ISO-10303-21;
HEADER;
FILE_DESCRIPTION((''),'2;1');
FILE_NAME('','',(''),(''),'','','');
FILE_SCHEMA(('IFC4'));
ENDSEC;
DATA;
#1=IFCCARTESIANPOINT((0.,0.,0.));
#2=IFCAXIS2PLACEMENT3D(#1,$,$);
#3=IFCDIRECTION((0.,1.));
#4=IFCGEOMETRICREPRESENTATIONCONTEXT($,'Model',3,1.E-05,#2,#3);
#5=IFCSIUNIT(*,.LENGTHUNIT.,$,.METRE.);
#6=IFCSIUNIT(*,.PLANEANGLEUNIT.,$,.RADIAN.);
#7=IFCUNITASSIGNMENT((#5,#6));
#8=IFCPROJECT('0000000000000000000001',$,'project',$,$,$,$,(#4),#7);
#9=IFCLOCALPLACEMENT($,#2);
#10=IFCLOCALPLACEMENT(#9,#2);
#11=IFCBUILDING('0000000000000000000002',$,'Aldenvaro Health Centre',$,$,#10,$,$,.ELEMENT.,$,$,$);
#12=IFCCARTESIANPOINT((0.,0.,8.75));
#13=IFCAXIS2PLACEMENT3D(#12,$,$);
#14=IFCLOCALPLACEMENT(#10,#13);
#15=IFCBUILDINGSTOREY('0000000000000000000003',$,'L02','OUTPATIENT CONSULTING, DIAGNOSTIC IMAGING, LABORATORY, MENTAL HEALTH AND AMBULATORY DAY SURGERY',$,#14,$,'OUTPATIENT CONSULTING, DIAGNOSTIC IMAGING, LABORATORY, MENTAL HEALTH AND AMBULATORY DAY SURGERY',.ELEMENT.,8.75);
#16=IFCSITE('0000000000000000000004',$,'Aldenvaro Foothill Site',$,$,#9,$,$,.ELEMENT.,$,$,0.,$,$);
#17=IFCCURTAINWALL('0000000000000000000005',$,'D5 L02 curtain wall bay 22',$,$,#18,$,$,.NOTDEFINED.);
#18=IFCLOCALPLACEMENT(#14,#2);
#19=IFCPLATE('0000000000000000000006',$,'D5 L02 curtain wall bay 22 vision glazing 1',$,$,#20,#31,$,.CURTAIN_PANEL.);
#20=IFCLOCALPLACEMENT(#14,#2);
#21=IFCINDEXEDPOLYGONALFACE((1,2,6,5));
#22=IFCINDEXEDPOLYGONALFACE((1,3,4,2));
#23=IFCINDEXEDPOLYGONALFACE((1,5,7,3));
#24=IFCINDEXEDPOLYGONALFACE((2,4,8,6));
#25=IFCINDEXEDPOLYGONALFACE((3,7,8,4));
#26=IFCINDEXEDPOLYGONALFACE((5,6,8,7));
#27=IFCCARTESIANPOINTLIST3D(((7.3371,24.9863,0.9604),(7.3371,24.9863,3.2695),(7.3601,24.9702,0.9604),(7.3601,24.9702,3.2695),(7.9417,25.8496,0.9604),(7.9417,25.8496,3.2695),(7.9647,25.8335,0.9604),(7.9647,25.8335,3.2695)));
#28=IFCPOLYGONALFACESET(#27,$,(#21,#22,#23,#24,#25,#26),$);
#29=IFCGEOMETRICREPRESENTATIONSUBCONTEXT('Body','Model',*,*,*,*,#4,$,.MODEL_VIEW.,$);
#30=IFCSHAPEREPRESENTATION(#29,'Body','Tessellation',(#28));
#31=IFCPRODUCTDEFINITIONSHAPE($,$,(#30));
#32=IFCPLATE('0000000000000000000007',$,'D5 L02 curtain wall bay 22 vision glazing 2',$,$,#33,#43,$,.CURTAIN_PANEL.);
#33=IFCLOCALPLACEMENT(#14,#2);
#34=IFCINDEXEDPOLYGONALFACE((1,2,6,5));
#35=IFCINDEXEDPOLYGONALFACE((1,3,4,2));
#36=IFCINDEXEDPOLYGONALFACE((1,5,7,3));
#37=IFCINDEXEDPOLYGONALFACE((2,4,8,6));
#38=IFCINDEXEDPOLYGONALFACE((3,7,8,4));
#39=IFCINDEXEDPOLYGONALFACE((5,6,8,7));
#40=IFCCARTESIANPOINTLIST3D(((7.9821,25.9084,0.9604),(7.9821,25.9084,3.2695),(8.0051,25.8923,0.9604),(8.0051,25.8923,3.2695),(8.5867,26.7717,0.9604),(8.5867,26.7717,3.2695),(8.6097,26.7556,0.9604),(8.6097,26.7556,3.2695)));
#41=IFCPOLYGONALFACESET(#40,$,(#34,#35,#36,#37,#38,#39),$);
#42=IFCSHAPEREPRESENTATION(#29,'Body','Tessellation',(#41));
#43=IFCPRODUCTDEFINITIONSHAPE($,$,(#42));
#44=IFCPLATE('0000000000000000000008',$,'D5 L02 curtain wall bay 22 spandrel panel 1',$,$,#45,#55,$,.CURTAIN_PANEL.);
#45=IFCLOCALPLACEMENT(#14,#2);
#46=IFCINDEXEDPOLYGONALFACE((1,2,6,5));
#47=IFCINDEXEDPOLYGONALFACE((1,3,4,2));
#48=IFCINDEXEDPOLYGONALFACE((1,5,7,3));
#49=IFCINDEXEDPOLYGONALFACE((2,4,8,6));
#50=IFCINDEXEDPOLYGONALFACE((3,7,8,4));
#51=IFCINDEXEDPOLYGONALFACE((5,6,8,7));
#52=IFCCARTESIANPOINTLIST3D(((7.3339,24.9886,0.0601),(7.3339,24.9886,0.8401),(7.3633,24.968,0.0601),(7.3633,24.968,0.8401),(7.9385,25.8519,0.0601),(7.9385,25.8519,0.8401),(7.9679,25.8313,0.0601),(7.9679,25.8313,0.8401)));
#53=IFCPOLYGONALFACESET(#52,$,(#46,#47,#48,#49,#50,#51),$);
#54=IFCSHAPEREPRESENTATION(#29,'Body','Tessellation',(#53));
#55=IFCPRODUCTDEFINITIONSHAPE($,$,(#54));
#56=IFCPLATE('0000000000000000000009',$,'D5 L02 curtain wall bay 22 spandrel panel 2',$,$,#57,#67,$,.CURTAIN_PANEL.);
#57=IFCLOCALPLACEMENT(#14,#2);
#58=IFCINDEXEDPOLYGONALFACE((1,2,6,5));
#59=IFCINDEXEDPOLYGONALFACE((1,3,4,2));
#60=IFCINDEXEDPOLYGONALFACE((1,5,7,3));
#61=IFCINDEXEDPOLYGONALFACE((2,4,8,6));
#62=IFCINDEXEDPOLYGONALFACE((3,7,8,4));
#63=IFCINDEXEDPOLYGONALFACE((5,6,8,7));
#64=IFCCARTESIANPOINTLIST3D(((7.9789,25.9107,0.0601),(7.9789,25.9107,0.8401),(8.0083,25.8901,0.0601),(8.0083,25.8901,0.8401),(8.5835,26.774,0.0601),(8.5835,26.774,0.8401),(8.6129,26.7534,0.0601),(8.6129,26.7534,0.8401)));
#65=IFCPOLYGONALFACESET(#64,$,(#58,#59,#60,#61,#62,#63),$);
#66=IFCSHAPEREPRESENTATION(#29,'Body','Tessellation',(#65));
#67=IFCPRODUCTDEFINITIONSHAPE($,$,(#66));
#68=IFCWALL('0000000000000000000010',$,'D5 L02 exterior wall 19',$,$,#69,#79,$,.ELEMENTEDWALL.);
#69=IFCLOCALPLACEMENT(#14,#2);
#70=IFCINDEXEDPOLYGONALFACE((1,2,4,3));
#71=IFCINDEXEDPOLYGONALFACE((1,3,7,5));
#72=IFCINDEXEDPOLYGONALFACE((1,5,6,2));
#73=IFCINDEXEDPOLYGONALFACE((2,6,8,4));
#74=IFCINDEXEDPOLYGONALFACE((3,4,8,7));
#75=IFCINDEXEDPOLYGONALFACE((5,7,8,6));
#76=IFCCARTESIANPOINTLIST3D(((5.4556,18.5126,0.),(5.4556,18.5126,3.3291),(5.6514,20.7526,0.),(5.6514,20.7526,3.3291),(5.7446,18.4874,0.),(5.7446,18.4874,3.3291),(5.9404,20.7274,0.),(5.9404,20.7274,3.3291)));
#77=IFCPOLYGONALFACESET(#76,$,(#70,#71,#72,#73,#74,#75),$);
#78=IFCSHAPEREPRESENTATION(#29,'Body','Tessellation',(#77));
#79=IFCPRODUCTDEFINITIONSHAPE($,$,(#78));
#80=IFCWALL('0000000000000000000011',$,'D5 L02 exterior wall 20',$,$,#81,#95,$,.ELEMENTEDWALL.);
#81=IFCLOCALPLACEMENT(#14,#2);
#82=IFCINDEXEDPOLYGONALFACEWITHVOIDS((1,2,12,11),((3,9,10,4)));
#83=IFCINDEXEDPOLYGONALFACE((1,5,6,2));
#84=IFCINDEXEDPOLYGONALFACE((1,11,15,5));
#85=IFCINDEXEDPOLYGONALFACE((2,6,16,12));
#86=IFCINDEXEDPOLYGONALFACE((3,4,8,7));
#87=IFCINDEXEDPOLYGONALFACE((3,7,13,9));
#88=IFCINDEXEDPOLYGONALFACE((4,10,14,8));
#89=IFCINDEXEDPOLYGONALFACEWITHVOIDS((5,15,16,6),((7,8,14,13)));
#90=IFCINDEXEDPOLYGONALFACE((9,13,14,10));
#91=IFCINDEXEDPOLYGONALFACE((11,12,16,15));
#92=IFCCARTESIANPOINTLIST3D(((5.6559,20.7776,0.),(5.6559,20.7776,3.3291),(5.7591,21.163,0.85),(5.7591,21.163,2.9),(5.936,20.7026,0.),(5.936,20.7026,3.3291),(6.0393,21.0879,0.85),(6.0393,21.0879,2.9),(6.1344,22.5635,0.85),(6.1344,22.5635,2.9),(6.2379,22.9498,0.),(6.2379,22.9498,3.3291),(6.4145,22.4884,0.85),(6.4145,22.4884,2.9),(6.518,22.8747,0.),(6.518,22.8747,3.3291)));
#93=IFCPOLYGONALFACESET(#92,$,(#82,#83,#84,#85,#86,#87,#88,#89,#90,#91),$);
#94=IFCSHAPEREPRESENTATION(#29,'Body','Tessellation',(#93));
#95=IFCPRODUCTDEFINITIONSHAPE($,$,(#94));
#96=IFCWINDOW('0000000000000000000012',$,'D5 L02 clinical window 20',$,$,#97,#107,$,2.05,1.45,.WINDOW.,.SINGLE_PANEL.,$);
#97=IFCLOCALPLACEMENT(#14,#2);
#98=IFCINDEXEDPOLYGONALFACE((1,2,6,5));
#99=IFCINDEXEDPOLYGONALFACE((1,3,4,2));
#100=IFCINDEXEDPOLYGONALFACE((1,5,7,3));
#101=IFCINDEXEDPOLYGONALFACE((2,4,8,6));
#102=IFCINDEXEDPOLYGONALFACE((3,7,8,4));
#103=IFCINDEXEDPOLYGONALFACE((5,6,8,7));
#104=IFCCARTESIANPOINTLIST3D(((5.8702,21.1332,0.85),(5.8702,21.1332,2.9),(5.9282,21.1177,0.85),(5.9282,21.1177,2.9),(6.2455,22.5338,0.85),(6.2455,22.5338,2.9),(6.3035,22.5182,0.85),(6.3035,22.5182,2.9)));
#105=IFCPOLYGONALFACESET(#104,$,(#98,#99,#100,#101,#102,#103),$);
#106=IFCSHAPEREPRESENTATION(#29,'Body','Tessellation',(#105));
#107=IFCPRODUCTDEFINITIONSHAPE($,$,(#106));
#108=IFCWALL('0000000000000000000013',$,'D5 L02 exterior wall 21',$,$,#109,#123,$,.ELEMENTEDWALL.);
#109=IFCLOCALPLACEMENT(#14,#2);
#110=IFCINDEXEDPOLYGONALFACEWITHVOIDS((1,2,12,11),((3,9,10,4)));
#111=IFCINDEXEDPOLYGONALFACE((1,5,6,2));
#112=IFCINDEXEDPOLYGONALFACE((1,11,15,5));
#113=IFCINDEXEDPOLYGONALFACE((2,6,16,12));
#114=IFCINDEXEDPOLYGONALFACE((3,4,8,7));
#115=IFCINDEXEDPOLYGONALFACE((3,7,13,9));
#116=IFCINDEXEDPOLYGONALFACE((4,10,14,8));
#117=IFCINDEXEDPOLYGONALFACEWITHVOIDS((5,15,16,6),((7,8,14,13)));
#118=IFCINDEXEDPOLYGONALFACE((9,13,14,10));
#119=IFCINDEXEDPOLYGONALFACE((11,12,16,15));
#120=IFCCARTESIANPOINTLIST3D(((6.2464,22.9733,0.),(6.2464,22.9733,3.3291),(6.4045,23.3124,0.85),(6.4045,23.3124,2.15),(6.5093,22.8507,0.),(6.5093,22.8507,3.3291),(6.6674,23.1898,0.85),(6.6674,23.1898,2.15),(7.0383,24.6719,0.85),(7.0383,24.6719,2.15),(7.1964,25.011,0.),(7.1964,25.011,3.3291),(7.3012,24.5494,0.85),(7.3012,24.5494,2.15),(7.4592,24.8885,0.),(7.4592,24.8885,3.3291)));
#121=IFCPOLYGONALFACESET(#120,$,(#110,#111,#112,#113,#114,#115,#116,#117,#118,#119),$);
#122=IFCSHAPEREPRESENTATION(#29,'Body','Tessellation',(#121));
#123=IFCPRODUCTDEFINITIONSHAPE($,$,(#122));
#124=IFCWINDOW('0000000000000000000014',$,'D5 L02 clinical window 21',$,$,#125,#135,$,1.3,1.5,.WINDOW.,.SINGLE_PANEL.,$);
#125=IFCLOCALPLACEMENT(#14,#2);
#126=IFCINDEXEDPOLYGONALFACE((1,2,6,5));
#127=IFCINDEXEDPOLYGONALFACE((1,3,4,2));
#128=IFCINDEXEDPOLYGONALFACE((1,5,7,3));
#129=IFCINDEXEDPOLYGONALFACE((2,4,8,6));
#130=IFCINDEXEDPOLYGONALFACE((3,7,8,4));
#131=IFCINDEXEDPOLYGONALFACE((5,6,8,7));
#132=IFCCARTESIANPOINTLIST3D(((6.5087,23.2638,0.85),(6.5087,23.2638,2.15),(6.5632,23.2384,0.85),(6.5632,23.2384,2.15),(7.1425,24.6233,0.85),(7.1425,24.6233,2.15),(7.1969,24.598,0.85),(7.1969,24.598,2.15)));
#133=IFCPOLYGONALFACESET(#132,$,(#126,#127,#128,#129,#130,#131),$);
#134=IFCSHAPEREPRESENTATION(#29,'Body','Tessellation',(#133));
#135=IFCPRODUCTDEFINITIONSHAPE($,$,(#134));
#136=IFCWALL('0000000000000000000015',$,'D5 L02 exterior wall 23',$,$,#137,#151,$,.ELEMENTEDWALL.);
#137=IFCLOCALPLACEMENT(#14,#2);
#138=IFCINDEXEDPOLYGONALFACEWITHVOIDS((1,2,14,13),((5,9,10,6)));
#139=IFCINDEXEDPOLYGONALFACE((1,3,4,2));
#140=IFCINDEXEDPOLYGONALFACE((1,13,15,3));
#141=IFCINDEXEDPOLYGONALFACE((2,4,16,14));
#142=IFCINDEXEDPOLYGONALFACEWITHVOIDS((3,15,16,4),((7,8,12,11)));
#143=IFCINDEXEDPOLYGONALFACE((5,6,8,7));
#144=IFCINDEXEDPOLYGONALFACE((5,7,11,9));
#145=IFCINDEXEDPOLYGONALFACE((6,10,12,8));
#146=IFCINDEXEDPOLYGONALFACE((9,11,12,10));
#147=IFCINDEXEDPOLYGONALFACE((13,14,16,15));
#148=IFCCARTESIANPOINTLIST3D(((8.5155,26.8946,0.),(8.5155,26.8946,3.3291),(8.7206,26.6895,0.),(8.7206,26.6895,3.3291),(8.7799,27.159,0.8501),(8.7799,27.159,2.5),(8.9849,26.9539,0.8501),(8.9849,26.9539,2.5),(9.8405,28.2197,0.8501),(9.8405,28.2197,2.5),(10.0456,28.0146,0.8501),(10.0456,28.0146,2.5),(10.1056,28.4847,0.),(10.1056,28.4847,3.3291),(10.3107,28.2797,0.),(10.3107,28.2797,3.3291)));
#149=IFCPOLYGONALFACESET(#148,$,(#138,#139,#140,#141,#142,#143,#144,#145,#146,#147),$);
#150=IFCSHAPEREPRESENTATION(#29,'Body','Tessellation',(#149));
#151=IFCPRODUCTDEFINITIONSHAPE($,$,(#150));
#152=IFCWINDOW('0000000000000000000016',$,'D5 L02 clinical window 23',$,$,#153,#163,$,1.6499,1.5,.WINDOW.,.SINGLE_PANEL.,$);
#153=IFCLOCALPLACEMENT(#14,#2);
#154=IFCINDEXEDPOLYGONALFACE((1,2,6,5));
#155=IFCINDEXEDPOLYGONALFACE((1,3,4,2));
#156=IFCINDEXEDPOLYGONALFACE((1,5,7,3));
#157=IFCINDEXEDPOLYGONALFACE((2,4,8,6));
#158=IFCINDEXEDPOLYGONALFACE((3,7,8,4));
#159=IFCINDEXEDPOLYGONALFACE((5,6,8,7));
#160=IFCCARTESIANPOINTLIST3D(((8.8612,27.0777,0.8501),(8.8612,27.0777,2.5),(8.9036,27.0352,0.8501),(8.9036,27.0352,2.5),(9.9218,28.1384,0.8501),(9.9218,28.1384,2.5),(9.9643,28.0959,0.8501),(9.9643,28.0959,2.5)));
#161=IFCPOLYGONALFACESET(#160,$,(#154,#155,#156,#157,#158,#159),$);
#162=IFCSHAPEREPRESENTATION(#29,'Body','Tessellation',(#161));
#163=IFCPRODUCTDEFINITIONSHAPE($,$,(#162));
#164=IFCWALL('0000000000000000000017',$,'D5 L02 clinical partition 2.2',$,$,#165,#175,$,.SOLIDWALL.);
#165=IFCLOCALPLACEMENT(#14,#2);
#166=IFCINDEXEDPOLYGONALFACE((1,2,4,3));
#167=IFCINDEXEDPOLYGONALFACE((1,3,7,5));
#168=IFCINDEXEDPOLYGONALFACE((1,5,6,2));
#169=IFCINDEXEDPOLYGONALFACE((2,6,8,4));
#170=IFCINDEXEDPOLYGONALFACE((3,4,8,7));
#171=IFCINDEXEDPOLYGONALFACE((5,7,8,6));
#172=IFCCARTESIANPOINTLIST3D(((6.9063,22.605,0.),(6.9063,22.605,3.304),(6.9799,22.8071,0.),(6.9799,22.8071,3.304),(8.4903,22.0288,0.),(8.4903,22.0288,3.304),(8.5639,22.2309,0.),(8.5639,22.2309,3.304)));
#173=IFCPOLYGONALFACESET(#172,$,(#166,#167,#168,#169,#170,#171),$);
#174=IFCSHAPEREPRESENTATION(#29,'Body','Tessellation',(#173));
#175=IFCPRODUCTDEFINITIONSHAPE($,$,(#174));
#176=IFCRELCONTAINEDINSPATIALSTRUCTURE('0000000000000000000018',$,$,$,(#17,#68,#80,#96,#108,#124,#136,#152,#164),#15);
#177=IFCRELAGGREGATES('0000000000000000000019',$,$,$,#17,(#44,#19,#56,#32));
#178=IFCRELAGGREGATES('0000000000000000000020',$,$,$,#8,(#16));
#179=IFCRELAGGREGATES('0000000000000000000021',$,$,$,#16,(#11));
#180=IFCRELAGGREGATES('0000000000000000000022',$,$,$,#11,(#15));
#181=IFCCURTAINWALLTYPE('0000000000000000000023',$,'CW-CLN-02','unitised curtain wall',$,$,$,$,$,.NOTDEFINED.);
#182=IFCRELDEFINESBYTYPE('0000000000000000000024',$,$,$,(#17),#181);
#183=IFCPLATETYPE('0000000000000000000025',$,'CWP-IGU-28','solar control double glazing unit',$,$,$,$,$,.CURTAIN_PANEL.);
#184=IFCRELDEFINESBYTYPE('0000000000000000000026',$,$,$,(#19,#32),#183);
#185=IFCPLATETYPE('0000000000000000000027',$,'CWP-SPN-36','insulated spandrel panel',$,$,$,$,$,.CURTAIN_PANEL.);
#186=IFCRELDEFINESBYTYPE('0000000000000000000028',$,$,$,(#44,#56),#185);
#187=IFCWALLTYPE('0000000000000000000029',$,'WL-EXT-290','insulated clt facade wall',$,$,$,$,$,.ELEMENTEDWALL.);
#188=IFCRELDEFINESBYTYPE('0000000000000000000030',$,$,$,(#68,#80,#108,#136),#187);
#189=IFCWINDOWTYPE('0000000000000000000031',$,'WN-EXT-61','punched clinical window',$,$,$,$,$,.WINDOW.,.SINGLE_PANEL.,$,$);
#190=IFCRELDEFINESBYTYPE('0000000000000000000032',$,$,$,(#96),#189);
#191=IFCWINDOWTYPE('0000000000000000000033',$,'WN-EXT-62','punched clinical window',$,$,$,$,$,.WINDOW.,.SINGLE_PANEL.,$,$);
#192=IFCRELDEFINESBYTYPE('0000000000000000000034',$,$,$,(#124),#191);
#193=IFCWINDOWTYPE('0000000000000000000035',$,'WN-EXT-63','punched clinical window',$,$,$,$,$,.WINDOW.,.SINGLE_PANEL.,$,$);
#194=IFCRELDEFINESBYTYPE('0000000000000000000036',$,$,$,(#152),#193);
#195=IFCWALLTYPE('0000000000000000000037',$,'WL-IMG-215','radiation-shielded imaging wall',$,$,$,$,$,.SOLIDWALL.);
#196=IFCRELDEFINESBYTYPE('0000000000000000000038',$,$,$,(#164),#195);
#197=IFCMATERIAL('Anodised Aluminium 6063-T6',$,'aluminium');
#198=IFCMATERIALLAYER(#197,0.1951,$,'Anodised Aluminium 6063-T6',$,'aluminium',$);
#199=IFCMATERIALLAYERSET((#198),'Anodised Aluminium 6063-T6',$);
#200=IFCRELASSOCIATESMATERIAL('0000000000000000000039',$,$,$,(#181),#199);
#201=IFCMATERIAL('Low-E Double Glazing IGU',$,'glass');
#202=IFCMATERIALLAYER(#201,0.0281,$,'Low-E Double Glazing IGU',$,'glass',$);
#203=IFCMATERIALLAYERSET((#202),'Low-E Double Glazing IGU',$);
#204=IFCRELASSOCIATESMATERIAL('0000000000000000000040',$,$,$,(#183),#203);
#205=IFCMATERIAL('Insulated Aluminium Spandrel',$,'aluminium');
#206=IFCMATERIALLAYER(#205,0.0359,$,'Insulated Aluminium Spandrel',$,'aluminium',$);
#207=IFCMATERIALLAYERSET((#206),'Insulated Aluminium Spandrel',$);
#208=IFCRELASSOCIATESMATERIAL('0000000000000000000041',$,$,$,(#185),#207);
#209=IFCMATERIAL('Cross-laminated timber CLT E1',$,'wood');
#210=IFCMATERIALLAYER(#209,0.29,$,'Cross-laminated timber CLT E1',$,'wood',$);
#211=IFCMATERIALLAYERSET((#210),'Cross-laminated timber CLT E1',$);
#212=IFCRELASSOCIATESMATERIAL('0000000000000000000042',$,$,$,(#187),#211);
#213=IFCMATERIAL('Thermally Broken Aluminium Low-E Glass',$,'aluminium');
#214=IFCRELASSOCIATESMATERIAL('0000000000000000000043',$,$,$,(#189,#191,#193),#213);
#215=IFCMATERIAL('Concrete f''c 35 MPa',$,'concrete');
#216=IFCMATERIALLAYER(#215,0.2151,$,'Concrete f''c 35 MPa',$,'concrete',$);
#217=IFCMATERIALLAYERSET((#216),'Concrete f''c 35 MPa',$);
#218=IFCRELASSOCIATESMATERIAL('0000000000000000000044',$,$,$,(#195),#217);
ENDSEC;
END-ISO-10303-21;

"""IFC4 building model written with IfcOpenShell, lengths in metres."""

from ifc_helpers import new_model, si_unit, direction, frame, frame_2d, origin, origin_2d, place, context, subcontext, project, spatial, rectangle, extrude, material, layer, layer_set, type_object, element, fill, aggregate, save


model = new_model("IFC4")

# Units and contexts
model_context = context("Model", 3, precision=1e-05, world=origin(), true_north=direction((0.0, 1.0)))
body_context = subcontext(model_context, "Body", "Model", "MODEL_VIEW")
ifc_project = project(units=[si_unit("LENGTHUNIT", "METRE"), si_unit("PLANEANGLEUNIT", "RADIAN")], contexts=[model_context])

# Site, building, storey
site_placement = place(None, origin())
site = spatial("IfcSite", under=ifc_project, at=site_placement, Name="Aldenvaro Foothill Site", CompositionType="ELEMENT", RefElevation=0.0)
building_placement = place(site_placement, origin())
building = spatial("IfcBuilding", under=site, at=building_placement, Name="Aldenvaro Health Centre", CompositionType="ELEMENT")
storey_placement = place(building_placement, frame((0.0, 0.0, 8.75)))
storey = spatial("IfcBuildingStorey", under=building, at=storey_placement, Name="L02", Description="OUTPATIENT CONSULTING, DIAGNOSTIC IMAGING, LABORATORY, MENTAL HEALTH AND AMBULATORY DAY SURGERY", LongName="OUTPATIENT CONSULTING, DIAGNOSTIC IMAGING, LABORATORY, MENTAL HEALTH AND AMBULATORY DAY SURGERY", CompositionType="ELEMENT", Elevation=8.75)

# Curtain wall
ifc_material_1 = material(Name="Anodised Aluminium 6063-T6", Category="aluminium")
ifc_layer_1 = layer(ifc_material_1, 0.1951, Name="Anodised Aluminium 6063-T6", Category="aluminium")
ifc_layer_set_1 = layer_set([ifc_layer_1], Name="Anodised Aluminium 6063-T6")
curtain_wall_type = type_object("IfcCurtainWallType", Name="CW-CLN-02", Description="unitised curtain wall", PredefinedType="NOTDEFINED", material=ifc_layer_set_1)
curtain_wall_placement = place(storey_placement, origin())
curtain_wall = element("IfcCurtainWall", 1, at=curtain_wall_placement, inside=storey, type_object=curtain_wall_type, Name="D5 L02 curtain wall bay 22", PredefinedType="NOTDEFINED")

# Plates
ifc_material_2 = material(Name="Low-E Double Glazing IGU", Category="glass")
ifc_layer_2 = layer(ifc_material_2, 0.0281, Name="Low-E Double Glazing IGU", Category="glass")
ifc_layer_set_2 = layer_set([ifc_layer_2], Name="Low-E Double Glazing IGU")
plate_type_1 = type_object("IfcPlateType", Name="CWP-IGU-28", Description="solar control double glazing unit", PredefinedType="CURTAIN_PANEL", material=ifc_layer_set_2)
plate_1_placement = place(storey_placement, frame((7.6509, 25.4099, 0.9604), z_axis=(0.0, 0.0, 1.0), x_axis=(0.573641, 0.819107, 0.0)))
plate_1 = element("IfcPlate", 2, at=plate_1_placement, type_object=plate_type_1, Name="D5 L02 curtain wall bay 22 vision glazing 1", PredefinedType="CURTAIN_PANEL", context=body_context, shape_type="SweptSolid", body=[
    extrude(rectangle(XDim=1.054, YDim=0.0281, at=origin_2d()), origin(), (0.0, 0.0, 1.0), 2.3091),
])
plate_2_placement = place(storey_placement, frame((8.2959, 26.332, 0.9604), z_axis=(0.0, 0.0, 1.0), x_axis=(0.573641, 0.819107, 0.0)))
plate_2 = element("IfcPlate", 3, at=plate_2_placement, type_object=plate_type_1, Name="D5 L02 curtain wall bay 22 vision glazing 2", PredefinedType="CURTAIN_PANEL", context=body_context, shape_type="SweptSolid", body=[
    extrude(rectangle(XDim=1.054, YDim=0.0281, at=origin_2d()), origin(), (0.0, 0.0, 1.0), 2.3091),
])
ifc_material_3 = material(Name="Insulated Aluminium Spandrel", Category="aluminium")
ifc_layer_3 = layer(ifc_material_3, 0.0359, Name="Insulated Aluminium Spandrel", Category="aluminium")
ifc_layer_set_3 = layer_set([ifc_layer_3], Name="Insulated Aluminium Spandrel")
plate_type_2 = type_object("IfcPlateType", Name="CWP-SPN-36", Description="insulated spandrel panel", PredefinedType="CURTAIN_PANEL", material=ifc_layer_set_3)
plate_3_placement = place(storey_placement, frame((7.6509, 25.4099, 0.0601), z_axis=(0.0, 0.0, 1.0), x_axis=(0.573641, 0.819107, 0.0)))
plate_3 = element("IfcPlate", 4, at=plate_3_placement, type_object=plate_type_2, Name="D5 L02 curtain wall bay 22 spandrel panel 1", PredefinedType="CURTAIN_PANEL", context=body_context, shape_type="SweptSolid", body=[
    extrude(rectangle(XDim=1.054, YDim=0.0359, at=origin_2d()), origin(), (0.0, 0.0, 1.0), 0.78),
])
plate_4_placement = place(storey_placement, frame((8.2959, 26.332, 0.0601), z_axis=(0.0, 0.0, 1.0), x_axis=(0.573641, 0.819107, 0.0)))
plate_4 = element("IfcPlate", 5, at=plate_4_placement, type_object=plate_type_2, Name="D5 L02 curtain wall bay 22 spandrel panel 2", PredefinedType="CURTAIN_PANEL", context=body_context, shape_type="SweptSolid", body=[
    extrude(rectangle(XDim=1.054, YDim=0.0359, at=origin_2d()), origin(), (0.0, 0.0, 1.0), 0.78),
])
aggregate(curtain_wall, [plate_3, plate_1, plate_4, plate_2])

# Wall
ifc_material_4 = material(Name="Cross-laminated timber CLT E1", Category="wood")
ifc_layer_4 = layer(ifc_material_4, 0.29, Name="Cross-laminated timber CLT E1", Category="wood")
ifc_layer_set_4 = layer_set([ifc_layer_4], Name="Cross-laminated timber CLT E1")
wall_type_1 = type_object("IfcWallType", Name="WL-EXT-290", Description="insulated clt facade wall", PredefinedType="ELEMENTEDWALL", material=ifc_layer_set_4)
wall_1_placement = place(storey_placement, frame((5.6001, 18.5, 0.0), z_axis=(0.0, 0.0, 1.0), x_axis=(0.087079, 0.996201, 0.0)))
element("IfcWall", 6, at=wall_1_placement, inside=storey, type_object=wall_type_1, Name="D5 L02 exterior wall 19", PredefinedType="ELEMENTEDWALL", context=body_context, shape_type="SweptSolid", body=[
    extrude(rectangle(XDim=2.2485, YDim=0.29, at=frame_2d((1.1243, 0.0))), origin(), (0.0, 0.0, 1.0), 3.3291),
])

# Walls, openings, windows
wall_2_placement = place(storey_placement, frame((5.7959, 20.74, 0.0), z_axis=(0.0, 0.0, 1.0), x_axis=(0.258825, 0.965924, 0.0)))
wall_2 = element("IfcWall", 7, at=wall_2_placement, inside=storey, type_object=wall_type_1, Name="D5 L02 exterior wall 20", PredefinedType="ELEMENTEDWALL", context=body_context, shape_type="SweptSolid", body=[
    extrude(rectangle(XDim=2.2488, YDim=0.29, at=frame_2d((1.1245, 0.0))), origin(), (0.0, 0.0, 1.0), 3.3291),
])
opening_1_placement = place(wall_2_placement, frame((0.3989, 0.0, 0.8501)))
opening_1 = element("IfcOpeningElement", 8, at=opening_1_placement, cuts=wall_2, PredefinedType="OPENING", context=body_context, shape_type="SweptSolid", body=[
    extrude(rectangle(XDim=1.45, YDim=2.05, at=frame_2d((0.7251, 1.0249))), frame((0.0, 0.155, 0.0), z_axis=(0.0, -1.0, 0.0), x_axis=(1.0, 0.0, 0.0)), (0.0, 0.0, 1.0), 0.3101),
])
ifc_material_5 = material(Name="Thermally Broken Aluminium Low-E Glass", Category="aluminium")
window_type_1 = type_object("IfcWindowType", Name="WN-EXT-61", Description="punched clinical window", PartitioningType="SINGLE_PANEL", PredefinedType="WINDOW", material=ifc_material_5)
window_1_placement = place(opening_1_placement, origin())
window_1 = element("IfcWindow", 9, at=window_1_placement, inside=storey, type_object=window_type_1, Name="D5 L02 clinical window 20", OverallHeight=2.05, OverallWidth=1.45, PartitioningType="SINGLE_PANEL", PredefinedType="WINDOW", context=body_context, shape_type="SweptSolid", body=[
    extrude(rectangle(XDim=1.45, YDim=2.05, at=frame_2d((0.7251, 1.0249))), frame((0.0, 0.03, 0.0), z_axis=(0.0, -1.0, 0.0), x_axis=(1.0, 0.0, 0.0)), (0.0, 0.0, 1.0), 0.0601),
])
fill(opening_1, window_1)
wall_3_placement = place(storey_placement, frame((6.3779, 22.9121, 0.0), z_axis=(0.0, 0.0, 1.0), x_axis=(0.422505, 0.906361, 0.0)))
wall_3 = element("IfcWall", 10, at=wall_3_placement, inside=storey, type_object=wall_type_1, Name="D5 L02 exterior wall 21", PredefinedType="ELEMENTEDWALL", context=body_context, shape_type="SweptSolid", body=[
    extrude(rectangle(XDim=2.2483, YDim=0.29, at=frame_2d((1.124, 0.0))), origin(), (0.0, 0.0, 1.0), 3.3291),
])
opening_2_placement = place(wall_3_placement, frame((0.374, 0.0, 0.8501)))
opening_2 = element("IfcOpeningElement", 11, at=opening_2_placement, cuts=wall_3, PredefinedType="OPENING", context=body_context, shape_type="SweptSolid", body=[
    extrude(rectangle(XDim=1.5, YDim=1.3, at=frame_2d((0.75, 0.6499))), frame((0.0, 0.155, 0.0), z_axis=(0.0, -1.0, 0.0), x_axis=(1.0, 0.0, 0.0)), (0.0, 0.0, 1.0), 0.3101),
])
window_type_2 = type_object("IfcWindowType", Name="WN-EXT-62", Description="punched clinical window", PartitioningType="SINGLE_PANEL", PredefinedType="WINDOW", material=ifc_material_5)
window_2_placement = place(opening_2_placement, origin())
window_2 = element("IfcWindow", 12, at=window_2_placement, inside=storey, type_object=window_type_2, Name="D5 L02 clinical window 21", OverallHeight=1.3, OverallWidth=1.5, PartitioningType="SINGLE_PANEL", PredefinedType="WINDOW", context=body_context, shape_type="SweptSolid", body=[
    extrude(rectangle(XDim=1.5, YDim=1.3, at=frame_2d((0.75, 0.6499))), frame((0.0, 0.03, 0.0), z_axis=(0.0, -1.0, 0.0), x_axis=(1.0, 0.0, 0.0)), (0.0, 0.0, 1.0), 0.0601),
])
fill(opening_2, window_2)
wall_4_placement = place(storey_placement, frame((8.6179, 26.792, 0.0), z_axis=(0.0, 0.0, 1.0), x_axis=(0.707107, 0.707107, 0.0)))
wall_4 = element("IfcWall", 13, at=wall_4_placement, inside=storey, type_object=wall_type_1, Name="D5 L02 exterior wall 23", PredefinedType="ELEMENTEDWALL", context=body_context, shape_type="SweptSolid", body=[
    extrude(rectangle(XDim=2.2488, YDim=0.29, at=frame_2d((1.1245, 0.0))), origin(), (0.0, 0.0, 1.0), 3.3291),
])
opening_3_placement = place(wall_4_placement, frame((0.374, 0.0, 0.8501)))
opening_3 = element("IfcOpeningElement", 14, at=opening_3_placement, cuts=wall_4, PredefinedType="OPENING", context=body_context, shape_type="SweptSolid", body=[
    extrude(rectangle(XDim=1.5, YDim=1.6499, at=frame_2d((0.75, 0.825))), frame((0.0, 0.155, 0.0), z_axis=(0.0, -1.0, 0.0), x_axis=(1.0, 0.0, 0.0)), (0.0, 0.0, 1.0), 0.3101),
])
window_type_3 = type_object("IfcWindowType", Name="WN-EXT-63", Description="punched clinical window", PartitioningType="SINGLE_PANEL", PredefinedType="WINDOW", material=ifc_material_5)
window_3_placement = place(opening_3_placement, origin())
window_3 = element("IfcWindow", 15, at=window_3_placement, inside=storey, type_object=window_type_3, Name="D5 L02 clinical window 23", OverallHeight=1.6499, OverallWidth=1.5, PartitioningType="SINGLE_PANEL", PredefinedType="WINDOW", context=body_context, shape_type="SweptSolid", body=[
    extrude(rectangle(XDim=1.5, YDim=1.6499, at=frame_2d((0.75, 0.825))), frame((0.0, 0.03, 0.0), z_axis=(0.0, -1.0, 0.0), x_axis=(1.0, 0.0, 0.0)), (0.0, 0.0, 1.0), 0.0601),
])
fill(opening_3, window_3)

# Wall
ifc_material_6 = material(Name="Concrete f'c 35 MPa", Category="concrete")
ifc_layer_5 = layer(ifc_material_6, 0.2151, Name="Concrete f'c 35 MPa", Category="concrete")
ifc_layer_set_5 = layer_set([ifc_layer_5], Name="Concrete f'c 35 MPa")
wall_type_2 = type_object("IfcWallType", Name="WL-IMG-215", Description="radiation-shielded imaging wall", PredefinedType="SOLIDWALL", material=ifc_layer_set_5)
wall_5_placement = place(storey_placement, frame((8.5271, 22.1299, 0.0), z_axis=(0.0, 0.0, 1.0), x_axis=(-0.93976, 0.341836, 0.0)))
element("IfcWall", 16, at=wall_5_placement, inside=storey, type_object=wall_type_2, Name="D5 L02 clinical partition 2.2", PredefinedType="SOLIDWALL", context=body_context, shape_type="SweptSolid", body=[
    extrude(rectangle(XDim=1.6855, YDim=0.2151, at=frame_2d((0.8428, 0.0))), origin(), (0.0, 0.0, 1.0), 3.304),
])

save(model, "model.ifc")
